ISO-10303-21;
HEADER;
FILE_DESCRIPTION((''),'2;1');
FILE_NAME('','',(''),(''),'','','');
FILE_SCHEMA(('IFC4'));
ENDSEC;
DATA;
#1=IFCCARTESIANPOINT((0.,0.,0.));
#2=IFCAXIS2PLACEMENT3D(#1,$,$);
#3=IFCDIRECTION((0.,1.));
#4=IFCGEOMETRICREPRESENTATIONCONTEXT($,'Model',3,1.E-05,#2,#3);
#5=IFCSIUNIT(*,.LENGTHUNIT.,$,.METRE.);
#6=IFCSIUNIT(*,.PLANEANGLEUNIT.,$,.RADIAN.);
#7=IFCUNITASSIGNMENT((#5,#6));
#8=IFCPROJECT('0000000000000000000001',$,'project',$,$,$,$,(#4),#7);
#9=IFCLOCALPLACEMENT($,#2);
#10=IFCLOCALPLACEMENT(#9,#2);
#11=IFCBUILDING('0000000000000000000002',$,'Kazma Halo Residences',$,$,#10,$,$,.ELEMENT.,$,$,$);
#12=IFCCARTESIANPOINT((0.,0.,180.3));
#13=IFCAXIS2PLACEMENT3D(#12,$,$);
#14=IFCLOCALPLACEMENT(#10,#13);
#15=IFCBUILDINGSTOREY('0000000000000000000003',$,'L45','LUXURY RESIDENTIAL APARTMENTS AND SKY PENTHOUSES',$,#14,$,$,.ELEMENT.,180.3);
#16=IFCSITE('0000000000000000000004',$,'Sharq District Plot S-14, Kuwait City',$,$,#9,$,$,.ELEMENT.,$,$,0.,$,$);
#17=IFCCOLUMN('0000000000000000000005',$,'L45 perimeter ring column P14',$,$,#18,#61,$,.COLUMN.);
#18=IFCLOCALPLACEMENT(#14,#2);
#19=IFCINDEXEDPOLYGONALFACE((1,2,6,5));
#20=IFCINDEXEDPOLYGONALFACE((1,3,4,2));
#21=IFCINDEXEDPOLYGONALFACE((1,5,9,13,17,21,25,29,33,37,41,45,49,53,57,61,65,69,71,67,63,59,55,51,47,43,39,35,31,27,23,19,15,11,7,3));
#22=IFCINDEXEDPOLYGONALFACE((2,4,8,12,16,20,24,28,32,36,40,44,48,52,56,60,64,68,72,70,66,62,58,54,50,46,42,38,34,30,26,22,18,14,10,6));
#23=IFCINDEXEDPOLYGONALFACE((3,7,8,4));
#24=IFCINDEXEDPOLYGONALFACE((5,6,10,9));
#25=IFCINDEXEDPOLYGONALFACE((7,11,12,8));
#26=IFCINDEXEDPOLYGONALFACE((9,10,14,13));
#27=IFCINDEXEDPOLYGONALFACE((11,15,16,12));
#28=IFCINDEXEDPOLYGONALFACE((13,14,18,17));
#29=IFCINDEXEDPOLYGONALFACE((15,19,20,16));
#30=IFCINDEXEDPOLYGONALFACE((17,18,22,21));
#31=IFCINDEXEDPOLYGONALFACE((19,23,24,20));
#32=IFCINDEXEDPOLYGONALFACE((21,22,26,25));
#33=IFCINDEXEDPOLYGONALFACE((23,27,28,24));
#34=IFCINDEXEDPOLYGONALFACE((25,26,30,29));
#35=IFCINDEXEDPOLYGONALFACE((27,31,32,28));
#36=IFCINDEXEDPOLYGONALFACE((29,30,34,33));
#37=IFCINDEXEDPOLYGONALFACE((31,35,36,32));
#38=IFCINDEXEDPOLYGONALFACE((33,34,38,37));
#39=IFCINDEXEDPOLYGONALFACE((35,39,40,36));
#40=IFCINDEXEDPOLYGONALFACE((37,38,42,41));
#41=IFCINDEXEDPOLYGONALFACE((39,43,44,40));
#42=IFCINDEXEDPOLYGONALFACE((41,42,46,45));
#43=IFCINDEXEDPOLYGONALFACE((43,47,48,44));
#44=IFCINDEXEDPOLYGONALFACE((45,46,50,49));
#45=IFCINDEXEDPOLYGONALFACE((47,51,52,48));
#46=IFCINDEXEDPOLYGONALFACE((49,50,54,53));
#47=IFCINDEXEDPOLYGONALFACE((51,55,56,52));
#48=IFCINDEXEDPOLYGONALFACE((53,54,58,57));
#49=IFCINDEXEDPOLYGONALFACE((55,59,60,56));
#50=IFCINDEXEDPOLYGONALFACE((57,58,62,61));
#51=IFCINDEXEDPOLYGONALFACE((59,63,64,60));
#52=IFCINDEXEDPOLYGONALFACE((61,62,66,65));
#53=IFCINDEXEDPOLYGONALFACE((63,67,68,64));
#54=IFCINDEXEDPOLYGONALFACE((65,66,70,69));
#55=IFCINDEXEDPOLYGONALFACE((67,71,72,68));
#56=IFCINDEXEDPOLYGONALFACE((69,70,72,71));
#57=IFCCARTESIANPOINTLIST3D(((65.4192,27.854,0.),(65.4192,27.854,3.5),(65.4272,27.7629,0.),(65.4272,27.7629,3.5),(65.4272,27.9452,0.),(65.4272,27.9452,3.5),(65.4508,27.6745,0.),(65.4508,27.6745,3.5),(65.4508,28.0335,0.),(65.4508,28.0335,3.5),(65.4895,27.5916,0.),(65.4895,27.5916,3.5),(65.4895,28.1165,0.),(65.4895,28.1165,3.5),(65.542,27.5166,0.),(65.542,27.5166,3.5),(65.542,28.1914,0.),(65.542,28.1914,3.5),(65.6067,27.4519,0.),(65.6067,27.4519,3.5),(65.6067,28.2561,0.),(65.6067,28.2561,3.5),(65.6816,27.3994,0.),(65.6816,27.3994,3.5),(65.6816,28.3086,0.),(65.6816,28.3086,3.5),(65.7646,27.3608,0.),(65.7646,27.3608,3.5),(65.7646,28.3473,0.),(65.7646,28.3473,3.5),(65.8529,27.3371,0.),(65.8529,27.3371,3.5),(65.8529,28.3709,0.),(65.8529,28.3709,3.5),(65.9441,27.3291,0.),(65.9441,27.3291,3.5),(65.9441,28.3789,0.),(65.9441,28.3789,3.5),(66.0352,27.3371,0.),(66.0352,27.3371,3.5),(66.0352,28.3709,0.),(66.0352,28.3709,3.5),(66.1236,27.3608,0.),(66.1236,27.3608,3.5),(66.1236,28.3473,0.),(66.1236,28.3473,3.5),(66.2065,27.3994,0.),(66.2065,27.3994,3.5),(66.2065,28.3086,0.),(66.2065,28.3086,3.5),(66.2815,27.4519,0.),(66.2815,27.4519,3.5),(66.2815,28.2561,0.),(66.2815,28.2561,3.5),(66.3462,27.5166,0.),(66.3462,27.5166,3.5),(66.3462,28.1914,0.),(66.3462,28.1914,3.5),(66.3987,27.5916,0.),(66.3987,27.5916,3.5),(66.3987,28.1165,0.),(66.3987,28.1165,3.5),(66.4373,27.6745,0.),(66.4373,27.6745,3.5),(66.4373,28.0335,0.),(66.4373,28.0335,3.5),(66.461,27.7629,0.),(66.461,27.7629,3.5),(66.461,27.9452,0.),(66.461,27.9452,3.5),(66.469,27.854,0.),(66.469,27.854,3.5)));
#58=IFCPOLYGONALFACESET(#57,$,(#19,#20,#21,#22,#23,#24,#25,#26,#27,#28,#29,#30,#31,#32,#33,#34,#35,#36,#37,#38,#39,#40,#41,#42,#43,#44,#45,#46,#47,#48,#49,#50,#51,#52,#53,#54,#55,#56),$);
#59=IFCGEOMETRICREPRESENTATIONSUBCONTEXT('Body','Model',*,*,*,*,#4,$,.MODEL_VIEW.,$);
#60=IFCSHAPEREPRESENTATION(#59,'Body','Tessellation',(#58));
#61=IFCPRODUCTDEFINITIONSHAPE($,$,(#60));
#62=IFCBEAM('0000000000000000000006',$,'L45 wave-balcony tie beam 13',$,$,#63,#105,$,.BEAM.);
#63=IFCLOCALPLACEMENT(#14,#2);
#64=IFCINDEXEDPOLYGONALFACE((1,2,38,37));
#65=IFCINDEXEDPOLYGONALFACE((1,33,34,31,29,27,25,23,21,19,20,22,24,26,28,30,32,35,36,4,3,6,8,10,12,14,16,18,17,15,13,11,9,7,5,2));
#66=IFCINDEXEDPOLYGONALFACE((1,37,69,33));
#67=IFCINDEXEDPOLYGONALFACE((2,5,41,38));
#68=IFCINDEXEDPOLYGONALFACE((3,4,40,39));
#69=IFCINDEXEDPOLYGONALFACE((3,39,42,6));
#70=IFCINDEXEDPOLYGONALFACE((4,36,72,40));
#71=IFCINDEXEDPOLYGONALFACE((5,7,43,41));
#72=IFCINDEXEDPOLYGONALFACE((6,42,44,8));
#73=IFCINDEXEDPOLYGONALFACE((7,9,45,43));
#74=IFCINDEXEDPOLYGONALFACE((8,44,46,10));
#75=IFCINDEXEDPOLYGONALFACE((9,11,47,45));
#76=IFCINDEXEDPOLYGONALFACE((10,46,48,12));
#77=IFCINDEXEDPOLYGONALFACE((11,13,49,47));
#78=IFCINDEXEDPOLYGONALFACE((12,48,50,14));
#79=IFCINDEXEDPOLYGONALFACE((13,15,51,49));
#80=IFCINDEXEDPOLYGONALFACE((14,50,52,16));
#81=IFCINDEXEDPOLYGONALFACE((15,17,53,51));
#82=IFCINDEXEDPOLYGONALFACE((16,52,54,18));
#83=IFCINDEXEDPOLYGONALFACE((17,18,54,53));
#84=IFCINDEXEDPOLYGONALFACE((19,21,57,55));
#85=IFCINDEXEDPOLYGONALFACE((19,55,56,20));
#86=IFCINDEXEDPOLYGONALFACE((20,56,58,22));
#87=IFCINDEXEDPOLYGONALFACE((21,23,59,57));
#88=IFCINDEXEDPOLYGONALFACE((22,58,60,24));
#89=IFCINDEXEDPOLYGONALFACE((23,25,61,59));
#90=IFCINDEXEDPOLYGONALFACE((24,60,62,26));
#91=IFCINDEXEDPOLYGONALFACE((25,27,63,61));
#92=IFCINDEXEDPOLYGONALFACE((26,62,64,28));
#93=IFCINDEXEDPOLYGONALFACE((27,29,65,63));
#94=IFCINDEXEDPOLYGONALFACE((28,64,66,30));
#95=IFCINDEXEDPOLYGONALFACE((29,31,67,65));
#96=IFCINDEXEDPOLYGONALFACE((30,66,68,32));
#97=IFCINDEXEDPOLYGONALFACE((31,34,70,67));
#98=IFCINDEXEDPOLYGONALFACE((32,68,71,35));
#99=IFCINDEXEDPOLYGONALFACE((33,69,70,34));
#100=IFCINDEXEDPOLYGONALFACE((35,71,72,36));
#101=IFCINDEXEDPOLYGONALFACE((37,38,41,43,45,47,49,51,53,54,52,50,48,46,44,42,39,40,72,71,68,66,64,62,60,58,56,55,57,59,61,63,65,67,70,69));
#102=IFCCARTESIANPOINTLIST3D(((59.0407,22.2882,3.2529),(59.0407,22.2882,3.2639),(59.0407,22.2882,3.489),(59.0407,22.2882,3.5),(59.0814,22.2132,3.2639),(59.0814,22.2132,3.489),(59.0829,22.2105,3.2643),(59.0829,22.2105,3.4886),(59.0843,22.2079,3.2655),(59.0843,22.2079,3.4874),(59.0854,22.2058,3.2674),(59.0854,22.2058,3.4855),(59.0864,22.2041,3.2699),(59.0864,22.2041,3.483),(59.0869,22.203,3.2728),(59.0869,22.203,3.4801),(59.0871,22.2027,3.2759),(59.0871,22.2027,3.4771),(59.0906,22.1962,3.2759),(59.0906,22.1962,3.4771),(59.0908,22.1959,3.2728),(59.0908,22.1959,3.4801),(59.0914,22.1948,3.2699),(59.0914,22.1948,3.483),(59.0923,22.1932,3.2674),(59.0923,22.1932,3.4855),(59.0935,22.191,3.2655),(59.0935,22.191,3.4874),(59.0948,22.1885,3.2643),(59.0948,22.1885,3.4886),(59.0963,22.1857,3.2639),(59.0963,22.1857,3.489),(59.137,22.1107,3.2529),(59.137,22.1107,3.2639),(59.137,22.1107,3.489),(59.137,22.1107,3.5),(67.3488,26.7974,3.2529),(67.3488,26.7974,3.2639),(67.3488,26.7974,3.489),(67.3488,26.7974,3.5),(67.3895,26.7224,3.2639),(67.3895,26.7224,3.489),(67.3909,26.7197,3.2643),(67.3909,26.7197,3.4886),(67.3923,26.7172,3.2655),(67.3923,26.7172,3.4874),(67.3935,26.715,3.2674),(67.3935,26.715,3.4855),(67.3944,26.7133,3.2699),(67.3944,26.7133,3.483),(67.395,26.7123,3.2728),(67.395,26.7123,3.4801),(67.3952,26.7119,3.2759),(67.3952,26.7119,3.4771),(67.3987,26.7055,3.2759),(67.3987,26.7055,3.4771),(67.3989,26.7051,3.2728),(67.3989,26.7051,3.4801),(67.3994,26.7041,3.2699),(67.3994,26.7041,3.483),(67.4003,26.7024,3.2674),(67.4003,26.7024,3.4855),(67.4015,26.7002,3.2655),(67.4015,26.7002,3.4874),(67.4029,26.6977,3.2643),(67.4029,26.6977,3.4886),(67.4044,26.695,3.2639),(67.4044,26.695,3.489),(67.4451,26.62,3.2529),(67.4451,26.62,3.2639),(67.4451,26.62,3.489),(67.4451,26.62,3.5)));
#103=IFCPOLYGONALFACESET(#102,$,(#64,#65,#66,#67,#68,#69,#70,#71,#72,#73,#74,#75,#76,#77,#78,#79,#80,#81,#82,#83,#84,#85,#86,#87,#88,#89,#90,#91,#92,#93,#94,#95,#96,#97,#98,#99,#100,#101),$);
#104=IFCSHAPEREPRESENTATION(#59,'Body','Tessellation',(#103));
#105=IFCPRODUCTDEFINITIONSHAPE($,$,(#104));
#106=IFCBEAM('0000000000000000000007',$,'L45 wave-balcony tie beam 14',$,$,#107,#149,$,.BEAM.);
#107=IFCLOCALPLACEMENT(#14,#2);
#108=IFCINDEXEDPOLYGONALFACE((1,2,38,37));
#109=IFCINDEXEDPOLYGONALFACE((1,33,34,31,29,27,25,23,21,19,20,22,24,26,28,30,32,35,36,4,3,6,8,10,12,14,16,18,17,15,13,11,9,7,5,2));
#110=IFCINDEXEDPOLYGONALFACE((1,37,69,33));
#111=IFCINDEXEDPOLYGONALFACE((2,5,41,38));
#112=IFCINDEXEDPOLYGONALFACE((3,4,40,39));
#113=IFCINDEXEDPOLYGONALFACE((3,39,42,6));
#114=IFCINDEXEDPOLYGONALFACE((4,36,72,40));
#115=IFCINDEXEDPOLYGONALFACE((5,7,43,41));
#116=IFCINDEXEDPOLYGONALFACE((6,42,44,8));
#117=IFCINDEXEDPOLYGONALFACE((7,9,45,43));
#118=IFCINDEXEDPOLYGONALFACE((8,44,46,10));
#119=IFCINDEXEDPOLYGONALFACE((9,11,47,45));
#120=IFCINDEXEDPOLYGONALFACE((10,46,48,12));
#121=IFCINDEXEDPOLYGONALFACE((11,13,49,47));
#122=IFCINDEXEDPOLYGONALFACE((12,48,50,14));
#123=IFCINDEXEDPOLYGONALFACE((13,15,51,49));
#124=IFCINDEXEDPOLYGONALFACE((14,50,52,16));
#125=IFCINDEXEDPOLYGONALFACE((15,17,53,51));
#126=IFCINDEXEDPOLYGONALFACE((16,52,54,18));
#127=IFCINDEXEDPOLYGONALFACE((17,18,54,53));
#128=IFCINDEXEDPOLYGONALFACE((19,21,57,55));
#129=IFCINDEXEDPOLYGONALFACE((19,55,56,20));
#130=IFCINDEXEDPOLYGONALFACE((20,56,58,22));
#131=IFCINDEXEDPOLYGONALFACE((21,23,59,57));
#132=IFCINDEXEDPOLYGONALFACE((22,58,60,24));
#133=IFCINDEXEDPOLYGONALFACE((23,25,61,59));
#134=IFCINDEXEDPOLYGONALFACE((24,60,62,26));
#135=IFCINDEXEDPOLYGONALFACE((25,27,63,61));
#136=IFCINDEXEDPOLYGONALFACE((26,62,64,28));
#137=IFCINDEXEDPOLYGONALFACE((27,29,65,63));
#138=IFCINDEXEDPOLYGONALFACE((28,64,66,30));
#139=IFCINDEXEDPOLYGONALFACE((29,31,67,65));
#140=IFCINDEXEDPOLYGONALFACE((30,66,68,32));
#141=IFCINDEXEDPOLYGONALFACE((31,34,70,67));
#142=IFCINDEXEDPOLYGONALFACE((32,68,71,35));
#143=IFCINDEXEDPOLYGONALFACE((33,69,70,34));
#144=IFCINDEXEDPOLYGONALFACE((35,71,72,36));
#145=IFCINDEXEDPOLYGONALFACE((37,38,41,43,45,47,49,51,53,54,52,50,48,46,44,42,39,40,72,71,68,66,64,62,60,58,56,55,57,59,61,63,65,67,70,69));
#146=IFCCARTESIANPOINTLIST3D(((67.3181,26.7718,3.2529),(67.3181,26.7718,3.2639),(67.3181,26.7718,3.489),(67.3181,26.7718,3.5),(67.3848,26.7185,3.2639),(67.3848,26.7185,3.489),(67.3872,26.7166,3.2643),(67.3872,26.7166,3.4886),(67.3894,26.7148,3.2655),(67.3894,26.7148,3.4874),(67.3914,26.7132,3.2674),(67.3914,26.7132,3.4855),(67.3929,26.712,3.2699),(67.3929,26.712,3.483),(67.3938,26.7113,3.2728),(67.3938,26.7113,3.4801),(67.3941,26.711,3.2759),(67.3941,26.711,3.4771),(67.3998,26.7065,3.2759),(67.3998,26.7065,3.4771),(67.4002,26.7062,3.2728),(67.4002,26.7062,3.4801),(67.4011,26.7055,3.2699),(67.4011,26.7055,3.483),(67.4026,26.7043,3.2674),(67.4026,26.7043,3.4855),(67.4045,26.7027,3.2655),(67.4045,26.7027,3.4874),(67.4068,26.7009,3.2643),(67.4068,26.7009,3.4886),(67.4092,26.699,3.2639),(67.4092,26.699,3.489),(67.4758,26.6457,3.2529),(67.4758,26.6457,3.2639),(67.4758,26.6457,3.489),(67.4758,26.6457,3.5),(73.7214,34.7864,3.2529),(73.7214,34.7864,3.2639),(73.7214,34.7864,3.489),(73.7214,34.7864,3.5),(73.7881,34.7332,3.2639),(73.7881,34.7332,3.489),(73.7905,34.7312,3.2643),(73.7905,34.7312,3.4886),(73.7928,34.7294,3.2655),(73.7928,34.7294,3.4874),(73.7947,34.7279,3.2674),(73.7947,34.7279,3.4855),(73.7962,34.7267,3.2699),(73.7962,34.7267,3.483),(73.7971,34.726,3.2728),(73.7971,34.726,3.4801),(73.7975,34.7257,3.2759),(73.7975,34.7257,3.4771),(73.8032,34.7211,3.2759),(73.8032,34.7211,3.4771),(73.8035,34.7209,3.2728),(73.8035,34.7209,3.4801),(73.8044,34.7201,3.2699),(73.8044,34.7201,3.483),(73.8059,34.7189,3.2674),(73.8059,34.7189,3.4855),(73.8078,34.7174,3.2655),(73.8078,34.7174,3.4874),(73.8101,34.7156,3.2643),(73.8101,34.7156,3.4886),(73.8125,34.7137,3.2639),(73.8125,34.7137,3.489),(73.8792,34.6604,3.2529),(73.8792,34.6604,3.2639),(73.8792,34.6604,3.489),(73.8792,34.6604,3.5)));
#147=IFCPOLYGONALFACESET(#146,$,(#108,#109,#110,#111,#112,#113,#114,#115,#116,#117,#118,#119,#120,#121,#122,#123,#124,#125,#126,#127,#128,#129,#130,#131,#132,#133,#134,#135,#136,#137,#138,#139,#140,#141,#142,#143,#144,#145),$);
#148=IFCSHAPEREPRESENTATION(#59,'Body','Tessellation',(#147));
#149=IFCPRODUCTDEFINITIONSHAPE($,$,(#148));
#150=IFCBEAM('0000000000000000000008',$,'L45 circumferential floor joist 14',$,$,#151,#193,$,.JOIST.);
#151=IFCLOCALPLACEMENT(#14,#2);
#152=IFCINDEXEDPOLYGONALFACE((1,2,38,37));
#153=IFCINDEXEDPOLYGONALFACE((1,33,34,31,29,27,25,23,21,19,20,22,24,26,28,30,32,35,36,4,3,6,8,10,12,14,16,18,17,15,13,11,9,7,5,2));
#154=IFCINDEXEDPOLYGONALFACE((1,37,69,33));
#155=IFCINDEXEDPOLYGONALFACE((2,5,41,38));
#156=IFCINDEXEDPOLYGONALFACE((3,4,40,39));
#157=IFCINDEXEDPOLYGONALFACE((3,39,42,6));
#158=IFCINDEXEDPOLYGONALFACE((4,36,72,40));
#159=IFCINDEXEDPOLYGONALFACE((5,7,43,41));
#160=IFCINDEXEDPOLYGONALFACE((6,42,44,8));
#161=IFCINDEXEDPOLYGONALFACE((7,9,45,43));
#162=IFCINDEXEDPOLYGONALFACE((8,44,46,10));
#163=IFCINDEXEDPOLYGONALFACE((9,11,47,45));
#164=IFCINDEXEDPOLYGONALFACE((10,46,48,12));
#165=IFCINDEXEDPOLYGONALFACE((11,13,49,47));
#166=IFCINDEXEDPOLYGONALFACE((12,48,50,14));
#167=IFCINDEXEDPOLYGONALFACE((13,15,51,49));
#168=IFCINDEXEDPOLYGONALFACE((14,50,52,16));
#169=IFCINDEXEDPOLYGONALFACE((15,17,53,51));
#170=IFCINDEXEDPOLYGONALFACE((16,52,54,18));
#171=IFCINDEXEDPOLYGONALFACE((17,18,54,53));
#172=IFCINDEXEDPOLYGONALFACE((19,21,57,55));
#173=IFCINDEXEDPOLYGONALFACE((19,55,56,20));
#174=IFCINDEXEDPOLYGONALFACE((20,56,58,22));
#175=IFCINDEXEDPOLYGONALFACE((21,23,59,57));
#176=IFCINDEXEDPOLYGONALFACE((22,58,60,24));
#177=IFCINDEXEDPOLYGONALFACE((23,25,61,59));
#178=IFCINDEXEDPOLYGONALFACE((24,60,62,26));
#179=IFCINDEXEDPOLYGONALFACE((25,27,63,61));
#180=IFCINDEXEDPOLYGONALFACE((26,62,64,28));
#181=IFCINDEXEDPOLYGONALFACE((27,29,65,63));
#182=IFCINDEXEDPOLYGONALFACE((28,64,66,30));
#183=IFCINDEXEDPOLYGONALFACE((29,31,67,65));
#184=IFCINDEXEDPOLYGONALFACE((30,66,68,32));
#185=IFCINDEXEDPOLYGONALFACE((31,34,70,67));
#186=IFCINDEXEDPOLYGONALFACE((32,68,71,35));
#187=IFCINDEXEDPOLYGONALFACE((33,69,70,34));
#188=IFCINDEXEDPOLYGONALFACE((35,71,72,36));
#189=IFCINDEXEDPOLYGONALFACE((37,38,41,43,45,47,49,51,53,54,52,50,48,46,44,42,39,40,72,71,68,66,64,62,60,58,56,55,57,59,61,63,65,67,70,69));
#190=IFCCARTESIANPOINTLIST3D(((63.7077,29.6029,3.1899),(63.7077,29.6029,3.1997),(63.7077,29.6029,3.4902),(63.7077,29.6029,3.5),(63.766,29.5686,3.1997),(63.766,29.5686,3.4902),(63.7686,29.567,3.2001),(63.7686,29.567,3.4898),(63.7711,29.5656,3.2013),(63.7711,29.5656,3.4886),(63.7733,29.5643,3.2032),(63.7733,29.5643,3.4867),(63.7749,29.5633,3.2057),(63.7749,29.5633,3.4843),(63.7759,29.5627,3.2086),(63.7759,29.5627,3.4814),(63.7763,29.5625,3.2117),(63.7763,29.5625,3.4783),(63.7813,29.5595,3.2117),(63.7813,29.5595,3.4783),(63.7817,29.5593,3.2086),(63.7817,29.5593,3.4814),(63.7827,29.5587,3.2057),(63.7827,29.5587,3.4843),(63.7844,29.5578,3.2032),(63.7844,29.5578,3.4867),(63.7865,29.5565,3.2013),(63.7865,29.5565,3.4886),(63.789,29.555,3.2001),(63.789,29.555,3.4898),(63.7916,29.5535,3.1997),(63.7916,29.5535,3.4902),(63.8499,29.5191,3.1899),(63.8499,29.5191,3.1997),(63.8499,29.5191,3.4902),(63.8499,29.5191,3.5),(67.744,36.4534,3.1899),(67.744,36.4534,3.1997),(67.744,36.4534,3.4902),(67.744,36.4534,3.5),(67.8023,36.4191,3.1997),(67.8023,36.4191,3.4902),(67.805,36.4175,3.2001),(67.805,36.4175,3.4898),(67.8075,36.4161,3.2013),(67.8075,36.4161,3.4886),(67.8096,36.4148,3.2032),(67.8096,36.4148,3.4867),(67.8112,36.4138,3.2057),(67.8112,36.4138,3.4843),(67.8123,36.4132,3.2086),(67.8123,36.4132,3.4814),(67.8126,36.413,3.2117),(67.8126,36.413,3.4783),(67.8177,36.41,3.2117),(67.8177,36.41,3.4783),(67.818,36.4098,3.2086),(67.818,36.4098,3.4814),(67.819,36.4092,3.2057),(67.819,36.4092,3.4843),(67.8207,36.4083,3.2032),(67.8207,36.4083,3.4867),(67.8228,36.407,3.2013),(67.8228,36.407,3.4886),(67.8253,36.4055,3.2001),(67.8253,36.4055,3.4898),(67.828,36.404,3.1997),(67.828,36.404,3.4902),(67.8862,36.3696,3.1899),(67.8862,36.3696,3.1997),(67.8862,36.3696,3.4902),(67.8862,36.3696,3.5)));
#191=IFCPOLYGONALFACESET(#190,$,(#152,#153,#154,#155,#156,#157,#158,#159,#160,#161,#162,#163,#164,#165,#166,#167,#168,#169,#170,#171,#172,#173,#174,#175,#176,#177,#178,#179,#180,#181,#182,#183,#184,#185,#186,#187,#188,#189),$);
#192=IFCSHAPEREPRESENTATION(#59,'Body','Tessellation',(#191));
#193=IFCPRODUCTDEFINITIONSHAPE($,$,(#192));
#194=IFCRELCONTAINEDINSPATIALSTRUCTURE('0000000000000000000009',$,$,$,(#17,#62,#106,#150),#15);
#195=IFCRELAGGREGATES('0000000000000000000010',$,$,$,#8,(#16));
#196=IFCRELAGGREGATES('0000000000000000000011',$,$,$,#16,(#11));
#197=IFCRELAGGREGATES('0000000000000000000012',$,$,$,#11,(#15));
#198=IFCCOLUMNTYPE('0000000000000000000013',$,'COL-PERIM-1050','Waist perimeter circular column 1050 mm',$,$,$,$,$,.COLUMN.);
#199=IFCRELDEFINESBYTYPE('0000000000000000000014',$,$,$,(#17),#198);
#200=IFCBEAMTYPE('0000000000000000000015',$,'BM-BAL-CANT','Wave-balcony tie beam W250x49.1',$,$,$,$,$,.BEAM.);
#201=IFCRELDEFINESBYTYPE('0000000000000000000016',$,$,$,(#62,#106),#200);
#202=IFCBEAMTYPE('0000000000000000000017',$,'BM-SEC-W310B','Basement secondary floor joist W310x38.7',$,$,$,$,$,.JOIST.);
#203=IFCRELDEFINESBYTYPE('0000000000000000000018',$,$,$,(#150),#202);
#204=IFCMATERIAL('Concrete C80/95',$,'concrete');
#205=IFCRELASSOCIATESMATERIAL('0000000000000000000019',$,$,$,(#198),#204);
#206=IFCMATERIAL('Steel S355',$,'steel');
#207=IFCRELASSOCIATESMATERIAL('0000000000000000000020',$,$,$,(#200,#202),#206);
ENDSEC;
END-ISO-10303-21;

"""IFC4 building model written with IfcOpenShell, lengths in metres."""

from ifc_helpers import new_model, si_unit, direction, frame, origin, origin_2d, place, context, subcontext, project, spatial, circle, i_section, extrude, material, material_profile, profile_set, type_object, element, save


model = new_model("IFC4")

# Units and contexts
model_context = context("Model", 3, precision=1e-05, world=origin(), true_north=direction((0.0, 1.0)))
body_context = subcontext(model_context, "Body", "Model", "MODEL_VIEW")
ifc_project = project(units=[si_unit("LENGTHUNIT", "METRE"), si_unit("PLANEANGLEUNIT", "RADIAN")], contexts=[model_context])

# Site, building, storey
site_placement = place(None, origin())
site = spatial("IfcSite", under=ifc_project, at=site_placement, Name="Sharq District Plot S-14, Kuwait City", CompositionType="ELEMENT", RefElevation=0.0)
building_placement = place(site_placement, origin())
building = spatial("IfcBuilding", under=site, at=building_placement, Name="Kazma Halo Residences", CompositionType="ELEMENT")
storey_placement = place(building_placement, frame((0.0, 0.0, 180.3)))
storey = spatial("IfcBuildingStorey", under=building, at=storey_placement, Name="L45", Description="LUXURY RESIDENTIAL APARTMENTS AND SKY PENTHOUSES", CompositionType="ELEMENT", Elevation=180.3)

# Column
ifc_material_1 = material(Name="Concrete C80/95", Category="concrete")
ifc_material_profile_1 = material_profile(ifc_material_1, circle(Radius=0.5249, at=origin_2d()), Name="CIRC1050")
ifc_profile_set_1 = profile_set([ifc_material_profile_1], Name="Concrete C80/95")
column_type = type_object("IfcColumnType", Name="COL-PERIM-1050", Description="Waist perimeter circular column 1050 mm", PredefinedType="COLUMN", material=ifc_profile_set_1)
column_placement = place(storey_placement, frame((65.9441, 27.854, 0.0), z_axis=(0.0, 0.0, 1.0), x_axis=(1.0, 0.0, 0.0)))
element("IfcColumn", 1, at=column_placement, inside=storey, type_object=column_type, Name="L45 perimeter ring column P14", PredefinedType="COLUMN", context=body_context, shape_type="SweptSolid", body=[
    extrude(circle(Radius=0.5249, at=origin_2d()), origin(), (0.0, 0.0, 1.0), 3.5),
])

# Beams
ifc_material_2 = material(Name="Steel S355", Category="steel")
ifc_material_profile_2 = material_profile(ifc_material_2, i_section(OverallWidth=0.2019, OverallDepth=0.2471, WebThickness=0.0073, FlangeThickness=0.011, FilletRadius=0.012, at=origin_2d()), Name="W250x49.1")
ifc_profile_set_2 = profile_set([ifc_material_profile_2], Name="Steel S355")
beam_type_1 = type_object("IfcBeamType", Name="BM-BAL-CANT", Description="Wave-balcony tie beam W250x49.1", PredefinedType="BEAM", material=ifc_profile_set_2)
beam_1_placement = place(storey_placement, frame((59.0889, 22.1995, 3.3765), z_axis=(0.878891, 0.477023, 0.0), x_axis=(-0.477023, 0.878891, 0.0)))
element("IfcBeam", 2, at=beam_1_placement, inside=storey, type_object=beam_type_1, Name="L45 wave-balcony tie beam 13", PredefinedType="BEAM", context=body_context, shape_type="SweptSolid", body=[
    extrude(i_section(OverallWidth=0.2019, OverallDepth=0.2471, WebThickness=0.0073, FlangeThickness=0.011, FilletRadius=0.012, at=origin_2d()), origin(), (0.0, 0.0, 1.0), 9.4529),
])
beam_2_placement = place(storey_placement, frame((67.397, 26.7087, 3.3765), z_axis=(0.624196, 0.781268, 0.0), x_axis=(-0.781268, 0.624196, 0.0)))
element("IfcBeam", 3, at=beam_2_placement, inside=storey, type_object=beam_type_1, Name="L45 wave-balcony tie beam 14", PredefinedType="BEAM", context=body_context, shape_type="SweptSolid", body=[
    extrude(i_section(OverallWidth=0.2019, OverallDepth=0.2471, WebThickness=0.0073, FlangeThickness=0.011, FilletRadius=0.012, at=origin_2d()), origin(), (0.0, 0.0, 1.0), 10.2585),
])
ifc_material_profile_3 = material_profile(ifc_material_2, i_section(OverallWidth=0.165, OverallDepth=0.3101, WebThickness=0.0059, FlangeThickness=0.0098, FilletRadius=0.012, at=origin_2d()), Name="W310x38.7")
ifc_profile_set_3 = profile_set([ifc_material_profile_3], Name="Steel S355")
beam_type_2 = type_object("IfcBeamType", Name="BM-SEC-W310B", Description="Basement secondary floor joist W310x38.7", PredefinedType="JOIST", material=ifc_profile_set_3)
beam_3_placement = place(storey_placement, frame((63.7788, 29.561, 3.345), z_axis=(0.507639, 0.86157, 0.0), x_axis=(-0.86157, 0.507639, 0.0)))
element("IfcBeam", 4, at=beam_3_placement, inside=storey, type_object=beam_type_2, Name="L45 circumferential floor joist 14", PredefinedType="JOIST", context=body_context, shape_type="SweptSolid", body=[
    extrude(i_section(OverallWidth=0.165, OverallDepth=0.3101, WebThickness=0.0059, FlangeThickness=0.0098, FilletRadius=0.012, at=origin_2d()), origin(), (0.0, 0.0, 1.0), 7.9512),
])

save(model, "model.ifc")
